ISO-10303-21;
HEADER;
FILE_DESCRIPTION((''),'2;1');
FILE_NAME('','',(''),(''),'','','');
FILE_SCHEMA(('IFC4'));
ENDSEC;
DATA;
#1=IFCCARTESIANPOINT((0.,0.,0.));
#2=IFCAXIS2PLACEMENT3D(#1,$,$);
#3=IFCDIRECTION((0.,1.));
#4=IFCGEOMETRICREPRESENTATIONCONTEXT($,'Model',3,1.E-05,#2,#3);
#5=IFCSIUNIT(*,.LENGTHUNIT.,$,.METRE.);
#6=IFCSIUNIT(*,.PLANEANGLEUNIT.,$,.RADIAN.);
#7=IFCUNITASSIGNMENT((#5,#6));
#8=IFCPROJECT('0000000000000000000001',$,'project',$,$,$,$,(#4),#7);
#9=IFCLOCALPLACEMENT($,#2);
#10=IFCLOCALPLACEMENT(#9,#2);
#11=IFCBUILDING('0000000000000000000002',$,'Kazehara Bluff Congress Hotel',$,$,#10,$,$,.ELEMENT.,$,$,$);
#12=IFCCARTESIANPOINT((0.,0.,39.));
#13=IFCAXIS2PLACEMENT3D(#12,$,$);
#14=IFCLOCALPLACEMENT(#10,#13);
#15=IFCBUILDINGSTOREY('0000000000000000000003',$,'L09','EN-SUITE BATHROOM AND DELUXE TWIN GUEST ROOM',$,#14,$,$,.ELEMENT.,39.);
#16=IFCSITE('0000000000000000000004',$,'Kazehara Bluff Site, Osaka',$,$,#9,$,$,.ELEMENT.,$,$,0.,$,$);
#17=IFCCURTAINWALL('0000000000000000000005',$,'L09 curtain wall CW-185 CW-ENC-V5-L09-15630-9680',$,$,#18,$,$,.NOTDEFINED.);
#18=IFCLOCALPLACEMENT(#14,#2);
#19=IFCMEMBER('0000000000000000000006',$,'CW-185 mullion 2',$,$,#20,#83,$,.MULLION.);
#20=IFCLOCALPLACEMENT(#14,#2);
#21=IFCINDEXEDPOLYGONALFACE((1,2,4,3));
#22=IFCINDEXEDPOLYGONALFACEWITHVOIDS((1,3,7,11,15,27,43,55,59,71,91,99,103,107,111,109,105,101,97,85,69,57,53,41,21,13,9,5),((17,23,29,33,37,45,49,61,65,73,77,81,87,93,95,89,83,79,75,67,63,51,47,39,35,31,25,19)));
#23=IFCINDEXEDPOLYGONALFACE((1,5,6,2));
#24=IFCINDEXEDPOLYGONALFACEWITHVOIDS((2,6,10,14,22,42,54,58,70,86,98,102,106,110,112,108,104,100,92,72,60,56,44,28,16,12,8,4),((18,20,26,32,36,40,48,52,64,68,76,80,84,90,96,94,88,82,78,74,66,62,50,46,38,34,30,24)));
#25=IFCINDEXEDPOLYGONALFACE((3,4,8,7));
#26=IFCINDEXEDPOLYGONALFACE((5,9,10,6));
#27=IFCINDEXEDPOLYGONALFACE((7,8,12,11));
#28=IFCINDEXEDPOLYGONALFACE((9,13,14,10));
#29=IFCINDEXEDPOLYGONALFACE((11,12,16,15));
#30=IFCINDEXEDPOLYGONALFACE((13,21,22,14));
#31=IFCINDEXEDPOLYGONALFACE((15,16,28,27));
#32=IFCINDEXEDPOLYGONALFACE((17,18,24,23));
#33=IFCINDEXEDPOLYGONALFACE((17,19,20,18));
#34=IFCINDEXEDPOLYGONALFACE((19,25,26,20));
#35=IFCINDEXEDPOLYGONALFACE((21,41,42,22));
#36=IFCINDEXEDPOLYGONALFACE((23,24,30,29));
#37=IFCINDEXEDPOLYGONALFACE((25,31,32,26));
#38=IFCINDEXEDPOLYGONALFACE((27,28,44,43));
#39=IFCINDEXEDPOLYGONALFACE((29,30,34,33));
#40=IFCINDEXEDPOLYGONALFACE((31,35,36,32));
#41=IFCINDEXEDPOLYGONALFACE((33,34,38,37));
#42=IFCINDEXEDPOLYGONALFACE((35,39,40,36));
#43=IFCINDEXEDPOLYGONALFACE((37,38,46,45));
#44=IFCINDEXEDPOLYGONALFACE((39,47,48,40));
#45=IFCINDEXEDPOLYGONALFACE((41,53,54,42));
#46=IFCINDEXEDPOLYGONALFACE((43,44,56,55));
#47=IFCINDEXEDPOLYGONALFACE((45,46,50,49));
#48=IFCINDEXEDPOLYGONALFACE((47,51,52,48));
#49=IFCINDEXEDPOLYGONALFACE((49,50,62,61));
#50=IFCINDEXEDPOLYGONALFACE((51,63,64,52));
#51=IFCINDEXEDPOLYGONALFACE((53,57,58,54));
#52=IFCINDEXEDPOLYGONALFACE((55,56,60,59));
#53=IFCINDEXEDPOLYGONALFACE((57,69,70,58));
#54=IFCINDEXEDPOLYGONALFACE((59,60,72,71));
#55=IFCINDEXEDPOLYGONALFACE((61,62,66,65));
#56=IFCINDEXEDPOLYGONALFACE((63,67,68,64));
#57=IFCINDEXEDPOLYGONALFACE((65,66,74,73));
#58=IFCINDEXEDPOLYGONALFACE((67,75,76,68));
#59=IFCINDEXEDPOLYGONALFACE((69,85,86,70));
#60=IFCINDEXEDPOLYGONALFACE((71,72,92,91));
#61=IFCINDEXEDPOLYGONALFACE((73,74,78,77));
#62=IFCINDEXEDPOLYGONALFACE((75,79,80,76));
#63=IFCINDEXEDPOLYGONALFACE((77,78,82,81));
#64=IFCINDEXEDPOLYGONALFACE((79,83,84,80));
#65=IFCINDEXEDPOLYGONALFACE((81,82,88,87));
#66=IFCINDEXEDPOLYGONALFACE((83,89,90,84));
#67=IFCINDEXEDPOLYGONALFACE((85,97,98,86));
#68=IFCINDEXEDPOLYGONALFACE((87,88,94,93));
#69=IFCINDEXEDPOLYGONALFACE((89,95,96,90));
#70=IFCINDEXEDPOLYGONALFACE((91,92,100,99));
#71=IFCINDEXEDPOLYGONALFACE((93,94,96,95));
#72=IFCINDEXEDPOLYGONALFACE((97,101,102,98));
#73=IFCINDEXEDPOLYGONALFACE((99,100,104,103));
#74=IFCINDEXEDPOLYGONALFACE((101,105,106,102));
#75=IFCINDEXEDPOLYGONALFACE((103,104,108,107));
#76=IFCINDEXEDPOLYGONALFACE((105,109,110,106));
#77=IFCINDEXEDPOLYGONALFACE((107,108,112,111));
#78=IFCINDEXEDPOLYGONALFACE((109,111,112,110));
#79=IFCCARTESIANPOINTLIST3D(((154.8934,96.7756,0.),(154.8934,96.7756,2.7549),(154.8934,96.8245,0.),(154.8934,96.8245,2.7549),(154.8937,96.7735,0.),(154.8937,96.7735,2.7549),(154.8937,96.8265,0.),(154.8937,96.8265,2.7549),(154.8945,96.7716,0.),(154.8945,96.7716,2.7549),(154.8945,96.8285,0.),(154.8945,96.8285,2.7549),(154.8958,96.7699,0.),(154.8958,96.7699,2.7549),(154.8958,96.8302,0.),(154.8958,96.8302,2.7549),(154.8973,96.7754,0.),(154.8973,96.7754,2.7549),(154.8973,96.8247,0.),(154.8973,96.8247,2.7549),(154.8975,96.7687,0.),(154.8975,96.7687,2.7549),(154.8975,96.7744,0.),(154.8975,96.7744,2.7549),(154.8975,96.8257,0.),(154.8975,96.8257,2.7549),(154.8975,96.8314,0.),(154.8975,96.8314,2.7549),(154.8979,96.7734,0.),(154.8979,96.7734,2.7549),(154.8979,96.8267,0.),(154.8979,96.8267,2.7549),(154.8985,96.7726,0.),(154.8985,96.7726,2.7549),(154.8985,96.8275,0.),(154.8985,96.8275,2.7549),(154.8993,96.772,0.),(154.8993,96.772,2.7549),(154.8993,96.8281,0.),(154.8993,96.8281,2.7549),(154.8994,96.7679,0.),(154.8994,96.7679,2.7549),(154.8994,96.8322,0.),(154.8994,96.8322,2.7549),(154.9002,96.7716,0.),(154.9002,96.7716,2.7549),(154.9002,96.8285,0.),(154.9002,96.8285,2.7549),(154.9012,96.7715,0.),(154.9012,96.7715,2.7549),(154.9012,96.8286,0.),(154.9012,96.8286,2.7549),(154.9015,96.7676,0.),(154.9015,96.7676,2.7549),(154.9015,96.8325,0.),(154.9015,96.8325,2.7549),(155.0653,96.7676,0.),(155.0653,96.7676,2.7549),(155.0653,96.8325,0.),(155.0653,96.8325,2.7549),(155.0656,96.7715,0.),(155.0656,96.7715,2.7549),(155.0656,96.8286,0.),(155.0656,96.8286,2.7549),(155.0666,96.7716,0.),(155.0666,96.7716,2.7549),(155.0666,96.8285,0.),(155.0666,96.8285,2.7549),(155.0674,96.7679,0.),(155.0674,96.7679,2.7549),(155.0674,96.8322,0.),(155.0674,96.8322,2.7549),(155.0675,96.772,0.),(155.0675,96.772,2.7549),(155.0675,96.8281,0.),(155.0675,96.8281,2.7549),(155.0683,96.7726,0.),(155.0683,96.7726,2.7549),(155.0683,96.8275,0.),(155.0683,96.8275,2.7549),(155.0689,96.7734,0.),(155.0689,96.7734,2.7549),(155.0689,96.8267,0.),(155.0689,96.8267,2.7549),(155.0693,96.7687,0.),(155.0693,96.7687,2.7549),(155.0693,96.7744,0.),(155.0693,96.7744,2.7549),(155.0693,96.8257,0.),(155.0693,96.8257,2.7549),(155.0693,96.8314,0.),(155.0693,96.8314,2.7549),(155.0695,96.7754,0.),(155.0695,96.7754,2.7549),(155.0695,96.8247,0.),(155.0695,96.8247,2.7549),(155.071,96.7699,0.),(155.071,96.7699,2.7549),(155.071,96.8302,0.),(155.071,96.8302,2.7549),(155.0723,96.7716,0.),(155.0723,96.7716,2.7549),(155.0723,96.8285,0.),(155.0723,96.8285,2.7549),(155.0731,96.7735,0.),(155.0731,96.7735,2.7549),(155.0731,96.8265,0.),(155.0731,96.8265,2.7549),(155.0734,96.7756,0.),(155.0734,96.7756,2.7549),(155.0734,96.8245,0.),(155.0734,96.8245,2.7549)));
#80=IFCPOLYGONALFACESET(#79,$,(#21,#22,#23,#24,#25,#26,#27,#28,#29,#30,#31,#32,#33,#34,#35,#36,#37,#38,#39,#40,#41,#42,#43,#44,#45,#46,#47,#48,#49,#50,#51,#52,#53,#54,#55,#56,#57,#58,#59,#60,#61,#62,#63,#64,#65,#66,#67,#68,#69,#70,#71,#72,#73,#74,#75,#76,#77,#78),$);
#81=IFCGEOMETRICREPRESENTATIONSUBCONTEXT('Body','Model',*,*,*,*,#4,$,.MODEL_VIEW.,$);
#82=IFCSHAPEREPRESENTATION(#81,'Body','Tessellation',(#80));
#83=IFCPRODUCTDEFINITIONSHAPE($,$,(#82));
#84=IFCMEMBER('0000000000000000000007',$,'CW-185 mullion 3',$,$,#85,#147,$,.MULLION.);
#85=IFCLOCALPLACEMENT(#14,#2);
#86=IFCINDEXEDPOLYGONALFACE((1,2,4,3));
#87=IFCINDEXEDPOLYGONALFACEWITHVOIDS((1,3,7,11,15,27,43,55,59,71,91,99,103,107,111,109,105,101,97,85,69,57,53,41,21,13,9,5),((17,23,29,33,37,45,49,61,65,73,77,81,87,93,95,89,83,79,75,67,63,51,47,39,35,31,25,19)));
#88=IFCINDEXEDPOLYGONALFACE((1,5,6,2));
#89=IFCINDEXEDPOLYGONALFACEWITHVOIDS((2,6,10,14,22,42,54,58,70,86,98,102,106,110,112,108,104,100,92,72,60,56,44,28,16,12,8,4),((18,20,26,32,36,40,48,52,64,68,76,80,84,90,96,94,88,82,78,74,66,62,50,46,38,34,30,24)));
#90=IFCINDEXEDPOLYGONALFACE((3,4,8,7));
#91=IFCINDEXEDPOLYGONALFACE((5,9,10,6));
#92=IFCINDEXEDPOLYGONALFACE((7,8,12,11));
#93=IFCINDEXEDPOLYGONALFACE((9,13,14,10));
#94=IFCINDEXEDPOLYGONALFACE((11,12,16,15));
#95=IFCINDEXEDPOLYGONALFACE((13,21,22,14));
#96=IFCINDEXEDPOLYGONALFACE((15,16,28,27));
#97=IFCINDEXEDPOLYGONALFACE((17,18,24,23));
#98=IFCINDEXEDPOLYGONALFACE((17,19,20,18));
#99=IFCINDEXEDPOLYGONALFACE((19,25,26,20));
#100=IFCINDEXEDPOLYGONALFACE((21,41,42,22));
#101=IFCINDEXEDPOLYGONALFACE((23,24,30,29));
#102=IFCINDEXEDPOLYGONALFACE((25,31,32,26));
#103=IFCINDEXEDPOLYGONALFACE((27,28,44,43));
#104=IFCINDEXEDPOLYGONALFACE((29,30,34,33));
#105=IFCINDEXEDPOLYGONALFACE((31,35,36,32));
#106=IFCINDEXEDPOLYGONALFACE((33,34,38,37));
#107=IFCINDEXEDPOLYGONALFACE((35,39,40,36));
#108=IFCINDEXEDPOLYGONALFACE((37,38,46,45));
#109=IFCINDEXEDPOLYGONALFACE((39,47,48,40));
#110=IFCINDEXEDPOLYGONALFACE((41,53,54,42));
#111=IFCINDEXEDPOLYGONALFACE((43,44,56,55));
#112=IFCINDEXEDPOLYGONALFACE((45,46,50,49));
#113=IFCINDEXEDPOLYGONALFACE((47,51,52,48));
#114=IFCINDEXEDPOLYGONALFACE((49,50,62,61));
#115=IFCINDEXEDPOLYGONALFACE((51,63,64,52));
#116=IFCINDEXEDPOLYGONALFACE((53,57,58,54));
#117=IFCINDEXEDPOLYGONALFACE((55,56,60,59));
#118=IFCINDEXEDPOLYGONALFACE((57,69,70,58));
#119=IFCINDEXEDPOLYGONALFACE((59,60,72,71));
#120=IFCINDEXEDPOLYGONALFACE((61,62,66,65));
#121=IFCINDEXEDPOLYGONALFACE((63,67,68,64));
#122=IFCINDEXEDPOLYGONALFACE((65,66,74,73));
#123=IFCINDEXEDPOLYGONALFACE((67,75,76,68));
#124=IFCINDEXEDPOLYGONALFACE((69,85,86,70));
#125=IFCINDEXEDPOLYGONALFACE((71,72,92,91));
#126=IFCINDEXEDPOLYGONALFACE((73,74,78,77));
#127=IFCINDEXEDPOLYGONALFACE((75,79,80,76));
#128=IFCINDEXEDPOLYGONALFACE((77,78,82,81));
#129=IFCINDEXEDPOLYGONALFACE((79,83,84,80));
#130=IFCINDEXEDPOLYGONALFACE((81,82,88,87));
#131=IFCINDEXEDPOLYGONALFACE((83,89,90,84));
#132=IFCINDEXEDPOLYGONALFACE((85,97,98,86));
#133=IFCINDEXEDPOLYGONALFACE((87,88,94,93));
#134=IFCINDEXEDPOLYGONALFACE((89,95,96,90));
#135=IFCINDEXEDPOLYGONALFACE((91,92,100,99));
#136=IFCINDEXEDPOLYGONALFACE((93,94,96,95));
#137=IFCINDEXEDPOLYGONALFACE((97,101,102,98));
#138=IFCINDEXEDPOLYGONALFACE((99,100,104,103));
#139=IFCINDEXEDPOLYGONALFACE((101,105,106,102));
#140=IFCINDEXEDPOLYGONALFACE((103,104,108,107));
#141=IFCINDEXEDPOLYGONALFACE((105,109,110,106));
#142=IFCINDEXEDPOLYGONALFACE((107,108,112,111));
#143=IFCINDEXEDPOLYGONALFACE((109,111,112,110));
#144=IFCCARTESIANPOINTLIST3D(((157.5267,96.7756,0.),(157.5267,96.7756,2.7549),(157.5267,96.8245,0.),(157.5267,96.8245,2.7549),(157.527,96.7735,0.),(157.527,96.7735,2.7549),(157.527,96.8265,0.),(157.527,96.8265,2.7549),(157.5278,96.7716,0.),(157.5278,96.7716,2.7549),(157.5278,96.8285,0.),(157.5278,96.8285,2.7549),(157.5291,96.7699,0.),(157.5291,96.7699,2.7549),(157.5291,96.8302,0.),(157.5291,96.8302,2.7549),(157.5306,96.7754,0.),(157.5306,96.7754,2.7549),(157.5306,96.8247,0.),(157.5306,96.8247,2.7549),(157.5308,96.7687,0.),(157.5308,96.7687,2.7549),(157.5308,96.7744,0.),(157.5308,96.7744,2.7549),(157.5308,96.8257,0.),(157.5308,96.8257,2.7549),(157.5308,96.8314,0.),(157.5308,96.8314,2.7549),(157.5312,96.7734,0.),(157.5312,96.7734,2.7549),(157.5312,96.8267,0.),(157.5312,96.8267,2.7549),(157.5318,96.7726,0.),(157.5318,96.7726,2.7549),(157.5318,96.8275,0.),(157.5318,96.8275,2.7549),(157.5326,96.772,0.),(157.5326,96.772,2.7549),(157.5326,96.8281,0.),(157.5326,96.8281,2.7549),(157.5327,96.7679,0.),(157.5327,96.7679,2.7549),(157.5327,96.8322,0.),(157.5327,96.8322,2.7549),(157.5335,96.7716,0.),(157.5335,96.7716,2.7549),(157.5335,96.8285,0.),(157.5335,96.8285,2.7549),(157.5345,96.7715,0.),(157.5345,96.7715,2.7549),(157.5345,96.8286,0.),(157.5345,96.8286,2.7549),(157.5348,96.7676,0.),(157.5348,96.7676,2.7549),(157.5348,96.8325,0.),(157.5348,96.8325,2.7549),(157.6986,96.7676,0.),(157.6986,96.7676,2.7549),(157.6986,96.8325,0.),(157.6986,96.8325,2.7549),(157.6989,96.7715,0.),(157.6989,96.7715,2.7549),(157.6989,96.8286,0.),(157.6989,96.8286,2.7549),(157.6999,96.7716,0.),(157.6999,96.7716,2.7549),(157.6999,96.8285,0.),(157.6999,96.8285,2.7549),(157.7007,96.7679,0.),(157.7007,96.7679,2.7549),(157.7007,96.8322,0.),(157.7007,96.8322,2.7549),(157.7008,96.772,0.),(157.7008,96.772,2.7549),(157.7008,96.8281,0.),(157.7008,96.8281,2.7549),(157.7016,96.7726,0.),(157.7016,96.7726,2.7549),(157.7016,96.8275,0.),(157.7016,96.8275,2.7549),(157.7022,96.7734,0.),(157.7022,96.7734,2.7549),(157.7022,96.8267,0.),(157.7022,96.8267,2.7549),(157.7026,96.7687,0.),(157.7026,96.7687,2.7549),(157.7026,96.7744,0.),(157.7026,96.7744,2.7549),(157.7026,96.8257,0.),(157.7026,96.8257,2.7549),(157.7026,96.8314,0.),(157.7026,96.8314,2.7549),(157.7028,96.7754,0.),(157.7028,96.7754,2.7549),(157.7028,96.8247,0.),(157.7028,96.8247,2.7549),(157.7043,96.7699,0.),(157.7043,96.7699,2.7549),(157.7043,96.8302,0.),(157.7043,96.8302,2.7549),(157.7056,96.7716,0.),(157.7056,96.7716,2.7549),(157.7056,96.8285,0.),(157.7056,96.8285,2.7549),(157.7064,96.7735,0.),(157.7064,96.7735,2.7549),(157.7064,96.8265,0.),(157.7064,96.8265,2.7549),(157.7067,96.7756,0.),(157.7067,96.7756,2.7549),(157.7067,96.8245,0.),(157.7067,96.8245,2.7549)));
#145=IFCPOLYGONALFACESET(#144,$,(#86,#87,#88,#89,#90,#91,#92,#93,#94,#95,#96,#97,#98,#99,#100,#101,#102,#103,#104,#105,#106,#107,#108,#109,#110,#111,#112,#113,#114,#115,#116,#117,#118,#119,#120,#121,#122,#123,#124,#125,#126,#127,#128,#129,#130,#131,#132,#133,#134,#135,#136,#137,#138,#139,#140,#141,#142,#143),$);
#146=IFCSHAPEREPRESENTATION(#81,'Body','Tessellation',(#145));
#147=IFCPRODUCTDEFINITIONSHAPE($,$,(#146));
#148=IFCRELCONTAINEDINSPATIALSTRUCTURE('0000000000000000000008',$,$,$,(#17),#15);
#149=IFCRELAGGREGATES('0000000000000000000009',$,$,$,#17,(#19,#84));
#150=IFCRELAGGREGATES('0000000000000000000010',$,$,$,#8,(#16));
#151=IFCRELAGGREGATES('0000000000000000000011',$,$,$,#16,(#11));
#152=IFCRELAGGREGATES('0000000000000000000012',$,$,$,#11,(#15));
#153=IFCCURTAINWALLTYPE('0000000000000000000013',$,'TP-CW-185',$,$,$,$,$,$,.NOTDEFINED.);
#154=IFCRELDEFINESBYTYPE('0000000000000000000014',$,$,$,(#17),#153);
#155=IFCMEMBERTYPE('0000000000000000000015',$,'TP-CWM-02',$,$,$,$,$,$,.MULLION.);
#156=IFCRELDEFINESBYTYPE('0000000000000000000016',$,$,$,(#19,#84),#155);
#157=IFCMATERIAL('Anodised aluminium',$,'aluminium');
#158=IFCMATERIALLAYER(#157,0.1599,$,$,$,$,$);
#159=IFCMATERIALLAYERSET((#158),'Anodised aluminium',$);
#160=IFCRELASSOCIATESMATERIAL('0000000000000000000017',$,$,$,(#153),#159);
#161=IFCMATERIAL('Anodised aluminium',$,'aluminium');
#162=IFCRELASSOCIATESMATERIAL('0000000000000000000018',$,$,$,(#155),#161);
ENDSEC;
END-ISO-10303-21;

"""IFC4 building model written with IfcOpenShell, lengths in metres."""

from ifc_helpers import new_model, si_unit, direction, frame, origin, origin_2d, place, context, subcontext, project, spatial, hollow_rectangle, extrude, material, layer, layer_set, material_profile, profile_set, type_object, element, aggregate, save


model = new_model("IFC4")

# Units and contexts
model_context = context("Model", 3, precision=1e-05, world=origin(), true_north=direction((0.0, 1.0)))
body_context = subcontext(model_context, "Body", "Model", "MODEL_VIEW")
ifc_project = project(units=[si_unit("LENGTHUNIT", "METRE"), si_unit("PLANEANGLEUNIT", "RADIAN")], contexts=[model_context])

# Site, building, storey
site_placement = place(None, origin())
site = spatial("IfcSite", under=ifc_project, at=site_placement, Name="Kazehara Bluff Site, Osaka", CompositionType="ELEMENT", RefElevation=0.0)
building_placement = place(site_placement, origin())
building = spatial("IfcBuilding", under=site, at=building_placement, Name="Kazehara Bluff Congress Hotel", CompositionType="ELEMENT")
storey_placement = place(building_placement, frame((0.0, 0.0, 39.0)))
storey = spatial("IfcBuildingStorey", under=building, at=storey_placement, Name="L09", Description="EN-SUITE BATHROOM AND DELUXE TWIN GUEST ROOM", CompositionType="ELEMENT", Elevation=39.0)

# Curtain wall, members
ifc_material_1 = material(Name="Anodised aluminium", Category="aluminium")
ifc_layer_1 = layer(ifc_material_1, 0.1599)
ifc_layer_set_1 = layer_set([ifc_layer_1], Name="Anodised aluminium")
curtain_wall_type = type_object("IfcCurtainWallType", Name="TP-CW-185", PredefinedType="NOTDEFINED", material=ifc_layer_set_1)
curtain_wall_placement = place(storey_placement, origin())
curtain_wall = element("IfcCurtainWall", 1, at=curtain_wall_placement, inside=storey, type_object=curtain_wall_type, Name="L09 curtain wall CW-185 CW-ENC-V5-L09-15630-9680", PredefinedType="NOTDEFINED")
ifc_material_2 = material(Name="Anodised aluminium", Category="aluminium")
ifc_material_profile_1 = material_profile(ifc_material_2, hollow_rectangle(XDim=0.0649, YDim=0.1799, WallThickness=0.0039, InnerFilletRadius=0.0039, OuterFilletRadius=0.0081, at=origin_2d()))
ifc_profile_set_1 = profile_set([ifc_material_profile_1], Name="Anodised aluminium")
member_type_1 = type_object("IfcMemberType", Name="TP-CWM-02", PredefinedType="MULLION", material=ifc_profile_set_1)
member_1_placement = place(storey_placement, frame((154.9834, 96.8, 0.0), z_axis=(0.0, 0.0, 1.0), x_axis=(0.0, 1.0, 0.0)))
member_1 = element("IfcMember", 2, at=member_1_placement, type_object=member_type_1, Name="CW-185 mullion 2", PredefinedType="MULLION", context=body_context, shape_type="SweptSolid", body=[
    extrude(hollow_rectangle(XDim=0.0649, YDim=0.1799, WallThickness=0.0039, InnerFilletRadius=0.0039, OuterFilletRadius=0.0081, at=origin_2d()), origin(), (0.0, 0.0, 1.0), 2.7549),
])
member_2_placement = place(storey_placement, frame((157.6167, 96.8, 0.0), z_axis=(0.0, 0.0, 1.0), x_axis=(0.0, 1.0, 0.0)))
member_2 = element("IfcMember", 3, at=member_2_placement, type_object=member_type_1, Name="CW-185 mullion 3", PredefinedType="MULLION", context=body_context, shape_type="SweptSolid", body=[
    extrude(hollow_rectangle(XDim=0.0649, YDim=0.1799, WallThickness=0.0039, InnerFilletRadius=0.0039, OuterFilletRadius=0.0081, at=origin_2d()), origin(), (0.0, 0.0, 1.0), 2.7549),
])
aggregate(curtain_wall, [member_1, member_2])

save(model, "model.ifc")
